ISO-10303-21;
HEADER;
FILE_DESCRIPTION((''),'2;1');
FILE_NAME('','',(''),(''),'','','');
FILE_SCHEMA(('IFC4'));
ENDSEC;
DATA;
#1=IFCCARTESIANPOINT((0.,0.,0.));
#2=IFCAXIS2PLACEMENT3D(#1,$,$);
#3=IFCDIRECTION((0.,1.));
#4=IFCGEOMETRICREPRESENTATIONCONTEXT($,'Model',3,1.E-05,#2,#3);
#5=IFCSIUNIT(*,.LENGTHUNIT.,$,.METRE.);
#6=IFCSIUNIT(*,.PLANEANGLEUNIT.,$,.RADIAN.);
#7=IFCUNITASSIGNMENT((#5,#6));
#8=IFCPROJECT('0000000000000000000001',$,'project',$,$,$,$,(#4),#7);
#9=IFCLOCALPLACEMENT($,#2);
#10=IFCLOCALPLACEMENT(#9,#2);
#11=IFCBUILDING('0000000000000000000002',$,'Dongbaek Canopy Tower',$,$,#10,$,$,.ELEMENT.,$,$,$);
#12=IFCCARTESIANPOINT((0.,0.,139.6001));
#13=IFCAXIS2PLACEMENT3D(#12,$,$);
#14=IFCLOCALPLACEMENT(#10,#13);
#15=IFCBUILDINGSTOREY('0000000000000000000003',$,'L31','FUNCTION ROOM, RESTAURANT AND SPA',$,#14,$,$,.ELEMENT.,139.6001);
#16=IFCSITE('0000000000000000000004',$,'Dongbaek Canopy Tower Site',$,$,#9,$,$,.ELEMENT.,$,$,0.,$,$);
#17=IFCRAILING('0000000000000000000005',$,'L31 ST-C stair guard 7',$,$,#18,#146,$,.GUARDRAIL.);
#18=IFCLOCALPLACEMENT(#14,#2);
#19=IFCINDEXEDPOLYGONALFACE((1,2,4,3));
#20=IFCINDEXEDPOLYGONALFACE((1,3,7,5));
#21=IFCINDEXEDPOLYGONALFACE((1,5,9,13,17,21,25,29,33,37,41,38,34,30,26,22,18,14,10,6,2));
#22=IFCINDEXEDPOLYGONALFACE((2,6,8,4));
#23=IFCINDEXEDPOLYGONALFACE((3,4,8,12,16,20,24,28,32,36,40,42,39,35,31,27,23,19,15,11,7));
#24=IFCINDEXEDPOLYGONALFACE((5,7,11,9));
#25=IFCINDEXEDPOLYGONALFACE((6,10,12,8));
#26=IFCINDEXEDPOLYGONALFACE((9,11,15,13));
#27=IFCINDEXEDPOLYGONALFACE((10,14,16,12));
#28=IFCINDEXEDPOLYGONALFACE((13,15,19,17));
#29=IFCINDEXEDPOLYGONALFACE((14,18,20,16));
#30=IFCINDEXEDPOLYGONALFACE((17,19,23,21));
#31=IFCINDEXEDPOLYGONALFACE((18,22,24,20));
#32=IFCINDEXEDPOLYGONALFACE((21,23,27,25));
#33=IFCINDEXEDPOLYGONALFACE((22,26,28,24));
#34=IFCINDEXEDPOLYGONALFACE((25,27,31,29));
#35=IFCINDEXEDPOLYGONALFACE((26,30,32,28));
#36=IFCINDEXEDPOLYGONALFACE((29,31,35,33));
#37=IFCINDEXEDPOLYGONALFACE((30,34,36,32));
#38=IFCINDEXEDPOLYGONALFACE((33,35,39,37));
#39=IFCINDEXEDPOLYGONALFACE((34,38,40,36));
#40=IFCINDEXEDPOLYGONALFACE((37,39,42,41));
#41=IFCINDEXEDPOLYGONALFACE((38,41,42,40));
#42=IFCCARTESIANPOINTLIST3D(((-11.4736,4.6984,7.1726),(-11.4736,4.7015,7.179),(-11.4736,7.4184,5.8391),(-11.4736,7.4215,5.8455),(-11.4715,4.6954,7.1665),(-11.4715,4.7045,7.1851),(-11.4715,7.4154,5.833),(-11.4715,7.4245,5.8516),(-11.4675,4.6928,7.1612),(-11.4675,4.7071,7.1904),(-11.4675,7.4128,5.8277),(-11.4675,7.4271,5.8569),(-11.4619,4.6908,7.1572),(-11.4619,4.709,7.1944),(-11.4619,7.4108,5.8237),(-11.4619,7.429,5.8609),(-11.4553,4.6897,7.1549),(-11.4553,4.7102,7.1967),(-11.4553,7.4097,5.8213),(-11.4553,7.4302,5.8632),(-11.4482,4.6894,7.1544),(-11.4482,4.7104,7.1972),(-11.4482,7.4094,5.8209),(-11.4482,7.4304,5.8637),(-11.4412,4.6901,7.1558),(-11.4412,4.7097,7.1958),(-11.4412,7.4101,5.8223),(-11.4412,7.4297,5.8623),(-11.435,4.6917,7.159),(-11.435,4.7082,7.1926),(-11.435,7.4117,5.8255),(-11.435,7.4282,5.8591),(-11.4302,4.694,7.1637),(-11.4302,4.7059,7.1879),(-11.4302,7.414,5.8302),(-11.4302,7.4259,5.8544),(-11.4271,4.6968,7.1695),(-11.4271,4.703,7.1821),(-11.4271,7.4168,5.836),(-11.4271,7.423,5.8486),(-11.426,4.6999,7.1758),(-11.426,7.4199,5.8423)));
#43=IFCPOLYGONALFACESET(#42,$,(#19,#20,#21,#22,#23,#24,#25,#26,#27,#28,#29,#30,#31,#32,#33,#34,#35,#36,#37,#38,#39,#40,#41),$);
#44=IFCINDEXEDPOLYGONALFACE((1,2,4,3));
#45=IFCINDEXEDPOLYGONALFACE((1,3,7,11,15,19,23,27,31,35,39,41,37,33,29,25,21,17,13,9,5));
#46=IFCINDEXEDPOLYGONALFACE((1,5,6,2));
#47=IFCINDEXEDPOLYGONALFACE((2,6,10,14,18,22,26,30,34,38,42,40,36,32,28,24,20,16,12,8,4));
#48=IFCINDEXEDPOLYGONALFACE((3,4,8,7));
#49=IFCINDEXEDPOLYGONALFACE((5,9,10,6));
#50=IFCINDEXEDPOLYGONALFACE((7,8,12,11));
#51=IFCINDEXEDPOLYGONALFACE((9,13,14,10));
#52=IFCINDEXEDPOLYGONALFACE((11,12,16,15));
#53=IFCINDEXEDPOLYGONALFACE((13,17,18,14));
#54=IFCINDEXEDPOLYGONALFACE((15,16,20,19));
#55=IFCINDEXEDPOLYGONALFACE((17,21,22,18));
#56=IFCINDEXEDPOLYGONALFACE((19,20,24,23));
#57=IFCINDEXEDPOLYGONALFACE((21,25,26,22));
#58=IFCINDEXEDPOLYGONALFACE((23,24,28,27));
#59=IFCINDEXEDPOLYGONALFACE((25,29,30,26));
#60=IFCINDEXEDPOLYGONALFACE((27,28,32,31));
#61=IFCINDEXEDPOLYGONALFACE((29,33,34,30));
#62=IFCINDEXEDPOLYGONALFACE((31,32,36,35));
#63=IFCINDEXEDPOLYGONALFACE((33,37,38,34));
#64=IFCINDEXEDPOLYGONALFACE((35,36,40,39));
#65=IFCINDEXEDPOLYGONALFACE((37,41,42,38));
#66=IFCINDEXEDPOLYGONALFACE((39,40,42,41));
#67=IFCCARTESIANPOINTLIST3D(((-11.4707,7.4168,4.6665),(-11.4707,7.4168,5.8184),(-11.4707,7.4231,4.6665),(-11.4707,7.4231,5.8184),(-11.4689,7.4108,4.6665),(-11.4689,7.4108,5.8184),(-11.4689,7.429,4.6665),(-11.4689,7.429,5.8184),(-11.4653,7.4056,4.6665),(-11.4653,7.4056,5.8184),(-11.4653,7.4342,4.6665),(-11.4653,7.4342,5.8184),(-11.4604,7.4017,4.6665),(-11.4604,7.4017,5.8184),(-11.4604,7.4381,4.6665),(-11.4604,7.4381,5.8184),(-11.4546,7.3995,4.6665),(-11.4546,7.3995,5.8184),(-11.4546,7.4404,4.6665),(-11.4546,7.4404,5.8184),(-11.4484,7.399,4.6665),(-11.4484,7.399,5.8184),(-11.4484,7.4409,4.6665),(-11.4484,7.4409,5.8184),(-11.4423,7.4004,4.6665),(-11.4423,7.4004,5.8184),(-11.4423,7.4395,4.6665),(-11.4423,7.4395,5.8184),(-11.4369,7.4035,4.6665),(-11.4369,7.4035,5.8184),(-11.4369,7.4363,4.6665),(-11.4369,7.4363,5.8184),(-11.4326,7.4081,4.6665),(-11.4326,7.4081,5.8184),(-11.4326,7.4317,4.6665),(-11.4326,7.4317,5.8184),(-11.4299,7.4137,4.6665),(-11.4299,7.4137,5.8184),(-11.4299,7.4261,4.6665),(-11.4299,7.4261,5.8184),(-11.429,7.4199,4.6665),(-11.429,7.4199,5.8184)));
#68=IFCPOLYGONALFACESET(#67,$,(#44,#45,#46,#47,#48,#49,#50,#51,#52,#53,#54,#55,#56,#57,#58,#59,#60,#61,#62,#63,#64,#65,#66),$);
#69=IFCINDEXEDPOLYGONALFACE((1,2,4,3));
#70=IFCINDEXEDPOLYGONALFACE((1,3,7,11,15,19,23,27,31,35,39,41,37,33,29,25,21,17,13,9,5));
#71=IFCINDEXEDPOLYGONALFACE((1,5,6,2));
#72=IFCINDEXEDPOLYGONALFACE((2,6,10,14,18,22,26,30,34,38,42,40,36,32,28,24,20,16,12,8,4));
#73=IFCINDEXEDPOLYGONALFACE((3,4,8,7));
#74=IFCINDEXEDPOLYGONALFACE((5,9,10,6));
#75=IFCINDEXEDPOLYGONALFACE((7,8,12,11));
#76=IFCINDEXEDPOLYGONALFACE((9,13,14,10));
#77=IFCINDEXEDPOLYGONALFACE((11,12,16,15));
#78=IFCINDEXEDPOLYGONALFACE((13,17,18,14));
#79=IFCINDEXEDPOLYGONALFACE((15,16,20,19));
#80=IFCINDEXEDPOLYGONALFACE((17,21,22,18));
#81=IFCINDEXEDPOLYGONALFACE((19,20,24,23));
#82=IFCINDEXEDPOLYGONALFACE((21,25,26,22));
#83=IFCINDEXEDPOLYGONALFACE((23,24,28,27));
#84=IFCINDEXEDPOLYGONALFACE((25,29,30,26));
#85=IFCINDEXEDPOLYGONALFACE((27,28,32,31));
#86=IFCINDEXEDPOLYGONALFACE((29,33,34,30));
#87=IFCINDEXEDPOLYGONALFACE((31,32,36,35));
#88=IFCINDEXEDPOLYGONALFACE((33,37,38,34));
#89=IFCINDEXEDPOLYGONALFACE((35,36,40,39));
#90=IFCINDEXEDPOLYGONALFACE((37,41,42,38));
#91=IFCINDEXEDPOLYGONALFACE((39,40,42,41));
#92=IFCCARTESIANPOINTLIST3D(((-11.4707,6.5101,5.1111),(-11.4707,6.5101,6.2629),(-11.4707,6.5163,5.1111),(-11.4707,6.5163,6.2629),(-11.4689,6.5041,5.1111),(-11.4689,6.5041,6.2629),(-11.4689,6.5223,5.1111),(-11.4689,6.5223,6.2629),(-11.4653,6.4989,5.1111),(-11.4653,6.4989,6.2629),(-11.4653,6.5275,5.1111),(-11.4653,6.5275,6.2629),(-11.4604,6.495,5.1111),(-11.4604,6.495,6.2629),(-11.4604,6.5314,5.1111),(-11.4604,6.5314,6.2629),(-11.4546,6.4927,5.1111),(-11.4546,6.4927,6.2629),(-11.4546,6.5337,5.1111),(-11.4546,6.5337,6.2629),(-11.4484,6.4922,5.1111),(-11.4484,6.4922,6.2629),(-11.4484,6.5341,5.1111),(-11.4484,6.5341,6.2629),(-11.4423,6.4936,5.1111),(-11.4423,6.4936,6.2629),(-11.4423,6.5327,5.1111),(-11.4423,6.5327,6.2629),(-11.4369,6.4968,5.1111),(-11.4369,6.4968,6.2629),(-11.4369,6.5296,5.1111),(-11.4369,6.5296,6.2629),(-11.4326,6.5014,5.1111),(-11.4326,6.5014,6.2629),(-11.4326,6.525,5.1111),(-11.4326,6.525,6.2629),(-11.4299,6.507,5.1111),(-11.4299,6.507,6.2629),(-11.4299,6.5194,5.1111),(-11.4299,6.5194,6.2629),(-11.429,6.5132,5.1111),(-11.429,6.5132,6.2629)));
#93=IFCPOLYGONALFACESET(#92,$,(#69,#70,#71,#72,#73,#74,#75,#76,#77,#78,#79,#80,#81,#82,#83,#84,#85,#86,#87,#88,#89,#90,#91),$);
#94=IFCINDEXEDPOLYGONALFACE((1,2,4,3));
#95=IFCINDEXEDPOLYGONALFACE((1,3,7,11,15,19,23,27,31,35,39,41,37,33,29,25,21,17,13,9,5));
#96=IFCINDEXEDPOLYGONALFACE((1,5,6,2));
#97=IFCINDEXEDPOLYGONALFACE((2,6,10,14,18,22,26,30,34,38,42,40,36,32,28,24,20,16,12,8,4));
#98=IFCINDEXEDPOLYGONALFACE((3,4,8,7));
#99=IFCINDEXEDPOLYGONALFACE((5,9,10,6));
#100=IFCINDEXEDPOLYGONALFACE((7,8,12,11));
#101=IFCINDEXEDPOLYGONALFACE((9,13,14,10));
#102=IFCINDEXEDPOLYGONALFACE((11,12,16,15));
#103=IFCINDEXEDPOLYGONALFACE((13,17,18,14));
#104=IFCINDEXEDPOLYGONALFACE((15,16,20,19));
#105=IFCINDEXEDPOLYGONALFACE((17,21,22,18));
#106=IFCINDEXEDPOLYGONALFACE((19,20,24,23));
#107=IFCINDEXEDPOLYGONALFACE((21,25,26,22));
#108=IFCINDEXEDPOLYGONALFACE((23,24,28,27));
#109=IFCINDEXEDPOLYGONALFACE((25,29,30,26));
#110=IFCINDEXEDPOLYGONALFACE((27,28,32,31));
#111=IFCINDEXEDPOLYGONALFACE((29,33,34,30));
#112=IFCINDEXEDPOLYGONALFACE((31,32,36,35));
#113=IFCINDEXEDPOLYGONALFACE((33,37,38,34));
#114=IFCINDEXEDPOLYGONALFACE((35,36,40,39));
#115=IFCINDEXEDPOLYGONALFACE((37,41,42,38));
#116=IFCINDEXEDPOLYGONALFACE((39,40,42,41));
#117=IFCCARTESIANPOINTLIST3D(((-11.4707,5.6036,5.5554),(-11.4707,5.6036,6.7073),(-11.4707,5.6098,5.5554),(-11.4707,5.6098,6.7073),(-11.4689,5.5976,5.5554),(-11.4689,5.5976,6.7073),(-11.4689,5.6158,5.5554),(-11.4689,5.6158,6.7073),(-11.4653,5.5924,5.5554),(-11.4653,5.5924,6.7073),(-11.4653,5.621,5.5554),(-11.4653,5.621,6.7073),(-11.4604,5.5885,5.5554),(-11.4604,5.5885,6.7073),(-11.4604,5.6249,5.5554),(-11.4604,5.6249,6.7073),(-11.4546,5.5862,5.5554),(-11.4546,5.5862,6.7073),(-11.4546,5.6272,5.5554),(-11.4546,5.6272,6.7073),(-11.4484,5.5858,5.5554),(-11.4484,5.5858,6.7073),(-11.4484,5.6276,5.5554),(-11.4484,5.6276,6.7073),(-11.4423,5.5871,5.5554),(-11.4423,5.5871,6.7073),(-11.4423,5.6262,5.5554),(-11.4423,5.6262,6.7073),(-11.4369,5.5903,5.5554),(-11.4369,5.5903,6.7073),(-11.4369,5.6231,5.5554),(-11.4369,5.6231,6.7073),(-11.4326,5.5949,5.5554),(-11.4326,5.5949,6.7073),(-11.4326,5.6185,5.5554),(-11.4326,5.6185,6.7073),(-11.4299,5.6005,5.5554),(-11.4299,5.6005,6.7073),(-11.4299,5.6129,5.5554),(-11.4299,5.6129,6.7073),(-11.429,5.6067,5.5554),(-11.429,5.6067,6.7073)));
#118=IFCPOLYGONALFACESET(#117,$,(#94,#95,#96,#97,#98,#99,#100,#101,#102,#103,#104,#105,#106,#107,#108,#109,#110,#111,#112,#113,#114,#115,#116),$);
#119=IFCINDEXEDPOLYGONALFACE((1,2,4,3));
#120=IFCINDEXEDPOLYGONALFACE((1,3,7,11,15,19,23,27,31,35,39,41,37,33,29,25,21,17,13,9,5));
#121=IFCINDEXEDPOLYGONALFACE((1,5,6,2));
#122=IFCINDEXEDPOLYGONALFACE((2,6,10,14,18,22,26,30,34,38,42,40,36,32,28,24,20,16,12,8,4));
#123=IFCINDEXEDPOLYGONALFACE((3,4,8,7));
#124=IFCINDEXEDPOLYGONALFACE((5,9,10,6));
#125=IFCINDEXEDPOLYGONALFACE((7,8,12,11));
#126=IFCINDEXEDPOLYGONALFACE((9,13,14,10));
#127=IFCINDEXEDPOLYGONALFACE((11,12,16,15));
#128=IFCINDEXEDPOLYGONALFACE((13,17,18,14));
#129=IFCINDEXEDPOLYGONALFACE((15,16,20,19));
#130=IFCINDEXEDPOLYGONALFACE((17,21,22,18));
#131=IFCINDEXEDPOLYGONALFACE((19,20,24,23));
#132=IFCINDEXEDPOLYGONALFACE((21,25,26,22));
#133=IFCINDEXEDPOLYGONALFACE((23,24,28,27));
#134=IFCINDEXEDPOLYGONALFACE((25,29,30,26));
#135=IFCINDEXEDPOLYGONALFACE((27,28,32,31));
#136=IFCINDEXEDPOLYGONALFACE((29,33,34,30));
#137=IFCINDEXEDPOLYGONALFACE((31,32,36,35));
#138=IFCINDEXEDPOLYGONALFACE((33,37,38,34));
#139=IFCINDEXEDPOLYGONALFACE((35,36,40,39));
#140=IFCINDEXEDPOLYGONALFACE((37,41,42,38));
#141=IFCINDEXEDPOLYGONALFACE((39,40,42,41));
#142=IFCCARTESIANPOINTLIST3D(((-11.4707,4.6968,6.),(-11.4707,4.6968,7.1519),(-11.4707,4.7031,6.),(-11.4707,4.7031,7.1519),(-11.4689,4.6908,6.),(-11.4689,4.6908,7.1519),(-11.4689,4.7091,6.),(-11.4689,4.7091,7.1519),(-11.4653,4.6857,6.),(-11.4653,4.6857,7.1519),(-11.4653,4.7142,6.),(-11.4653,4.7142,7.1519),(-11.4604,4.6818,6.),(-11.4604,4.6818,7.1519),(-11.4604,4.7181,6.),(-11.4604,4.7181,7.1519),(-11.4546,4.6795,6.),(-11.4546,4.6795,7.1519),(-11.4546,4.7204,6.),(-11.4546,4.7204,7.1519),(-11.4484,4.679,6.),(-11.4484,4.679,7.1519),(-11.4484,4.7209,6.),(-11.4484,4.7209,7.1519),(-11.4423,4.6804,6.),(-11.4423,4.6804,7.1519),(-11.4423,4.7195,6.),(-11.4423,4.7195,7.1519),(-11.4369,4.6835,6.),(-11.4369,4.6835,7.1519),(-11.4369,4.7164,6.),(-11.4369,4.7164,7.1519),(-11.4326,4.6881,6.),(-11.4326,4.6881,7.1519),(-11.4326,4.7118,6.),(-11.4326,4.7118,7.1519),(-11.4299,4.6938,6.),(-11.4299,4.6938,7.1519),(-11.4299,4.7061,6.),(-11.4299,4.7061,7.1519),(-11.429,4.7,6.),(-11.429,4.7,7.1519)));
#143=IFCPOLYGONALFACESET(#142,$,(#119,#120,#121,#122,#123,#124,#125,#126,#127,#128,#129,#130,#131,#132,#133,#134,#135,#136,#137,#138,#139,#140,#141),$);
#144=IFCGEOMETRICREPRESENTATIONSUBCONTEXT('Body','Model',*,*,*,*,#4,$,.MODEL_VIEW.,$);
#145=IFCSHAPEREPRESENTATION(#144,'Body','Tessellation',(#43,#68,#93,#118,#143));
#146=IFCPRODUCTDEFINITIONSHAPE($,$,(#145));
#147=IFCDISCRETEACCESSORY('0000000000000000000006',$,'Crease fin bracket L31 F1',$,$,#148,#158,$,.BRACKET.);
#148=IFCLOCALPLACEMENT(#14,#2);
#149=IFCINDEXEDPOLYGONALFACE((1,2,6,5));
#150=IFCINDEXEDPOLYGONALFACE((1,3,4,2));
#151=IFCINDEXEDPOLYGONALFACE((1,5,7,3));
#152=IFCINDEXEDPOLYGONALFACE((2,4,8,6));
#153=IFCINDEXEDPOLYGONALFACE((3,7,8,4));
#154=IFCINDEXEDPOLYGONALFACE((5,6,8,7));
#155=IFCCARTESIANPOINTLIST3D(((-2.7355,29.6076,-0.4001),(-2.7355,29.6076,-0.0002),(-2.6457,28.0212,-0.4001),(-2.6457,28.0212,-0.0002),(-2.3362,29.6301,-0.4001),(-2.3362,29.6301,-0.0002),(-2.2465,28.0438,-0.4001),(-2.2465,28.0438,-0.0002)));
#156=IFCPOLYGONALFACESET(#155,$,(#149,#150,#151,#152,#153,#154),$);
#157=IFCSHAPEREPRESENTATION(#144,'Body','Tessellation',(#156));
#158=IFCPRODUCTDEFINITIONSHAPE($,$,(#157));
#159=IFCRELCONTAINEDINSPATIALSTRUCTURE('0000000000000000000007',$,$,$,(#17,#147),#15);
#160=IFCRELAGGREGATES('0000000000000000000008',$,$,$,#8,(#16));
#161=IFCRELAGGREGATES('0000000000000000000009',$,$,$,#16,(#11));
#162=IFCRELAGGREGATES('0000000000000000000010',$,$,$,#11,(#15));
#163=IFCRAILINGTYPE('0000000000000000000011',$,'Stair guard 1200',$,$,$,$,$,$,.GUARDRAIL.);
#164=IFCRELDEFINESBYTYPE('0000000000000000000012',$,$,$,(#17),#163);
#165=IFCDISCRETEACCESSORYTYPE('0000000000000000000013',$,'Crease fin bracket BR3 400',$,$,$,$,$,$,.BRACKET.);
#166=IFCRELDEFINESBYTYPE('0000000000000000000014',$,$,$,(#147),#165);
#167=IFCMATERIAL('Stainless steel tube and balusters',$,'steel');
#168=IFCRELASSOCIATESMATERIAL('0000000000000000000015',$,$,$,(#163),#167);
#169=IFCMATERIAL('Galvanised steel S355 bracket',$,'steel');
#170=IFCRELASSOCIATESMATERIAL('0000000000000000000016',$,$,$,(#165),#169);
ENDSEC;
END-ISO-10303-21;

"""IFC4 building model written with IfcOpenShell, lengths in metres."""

from ifc_helpers import new_model, si_unit, direction, frame, origin, origin_2d, place, context, subcontext, project, spatial, rectangle, circle, extrude, material, type_object, element, save


model = new_model("IFC4")

# Units and contexts
model_context = context("Model", 3, precision=1e-05, world=origin(), true_north=direction((0.0, 1.0)))
body_context = subcontext(model_context, "Body", "Model", "MODEL_VIEW")
ifc_project = project(units=[si_unit("LENGTHUNIT", "METRE"), si_unit("PLANEANGLEUNIT", "RADIAN")], contexts=[model_context])

# Site, building, storey
site_placement = place(None, origin())
site = spatial("IfcSite", under=ifc_project, at=site_placement, Name="Dongbaek Canopy Tower Site", CompositionType="ELEMENT", RefElevation=0.0)
building_placement = place(site_placement, origin())
building = spatial("IfcBuilding", under=site, at=building_placement, Name="Dongbaek Canopy Tower", CompositionType="ELEMENT")
storey_placement = place(building_placement, frame((0.0, 0.0, 139.6001)))
storey = spatial("IfcBuildingStorey", under=building, at=storey_placement, Name="L31", Description="FUNCTION ROOM, RESTAURANT AND SPA", CompositionType="ELEMENT", Elevation=139.6001)

# Railing
ifc_material_1 = material(Name="Stainless steel tube and balusters", Category="steel")
railing_type = type_object("IfcRailingType", Name="Stair guard 1200", PredefinedType="GUARDRAIL", material=ifc_material_1)
railing_1_placement = place(storey_placement, frame((-11.45, 7.4199, 4.6665)))
element("IfcRailing", 1, at=railing_1_placement, inside=storey, type_object=railing_type, Name="L31 ST-C stair guard 7", PredefinedType="GUARDRAIL", context=body_context, shape_type="SweptSolid", body=[
    extrude(circle(Radius=0.0239, at=origin_2d()), frame((0.0, 0.0, 1.1758), z_axis=(0.0, -0.897898, 0.440204), x_axis=(1.0, 0.0, 0.0)), (0.0, 0.0, 1.0), 3.0293),
    extrude(circle(Radius=0.021, at=origin_2d()), origin(), (0.0, 0.0, 1.0), 1.1519),
    extrude(circle(Radius=0.021, at=origin_2d()), frame((0.0, -0.9067, 0.4446)), (0.0, 0.0, 1.0), 1.1519),
    extrude(circle(Radius=0.021, at=origin_2d()), frame((0.0, -1.8132, 0.8889)), (0.0, 0.0, 1.0), 1.1519),
    extrude(circle(Radius=0.021, at=origin_2d()), frame((0.0, -2.72, 1.3335)), (0.0, 0.0, 1.0), 1.1519),
])

# Discrete accessory
ifc_material_2 = material(Name="Galvanised steel S355 bracket", Category="steel")
discrete_accessory_type = type_object("IfcDiscreteAccessoryType", Name="Crease fin bracket BR3 400", PredefinedType="BRACKET", material=ifc_material_2)
discrete_accessory_placement = place(storey_placement, frame((-2.491, 28.8257, -0.4001), z_axis=(0.0, 0.0, 1.0), x_axis=(-0.056496, 0.998403, 0.0)))
element("IfcDiscreteAccessory", 2, at=discrete_accessory_placement, inside=storey, type_object=discrete_accessory_type, Name="Crease fin bracket L31 F1", PredefinedType="BRACKET", context=body_context, shape_type="SweptSolid", body=[
    extrude(rectangle(XDim=1.5889, YDim=0.3999, at=origin_2d()), origin(), (0.0, 0.0, 1.0), 0.3999),
])

save(model, "model.ifc")
